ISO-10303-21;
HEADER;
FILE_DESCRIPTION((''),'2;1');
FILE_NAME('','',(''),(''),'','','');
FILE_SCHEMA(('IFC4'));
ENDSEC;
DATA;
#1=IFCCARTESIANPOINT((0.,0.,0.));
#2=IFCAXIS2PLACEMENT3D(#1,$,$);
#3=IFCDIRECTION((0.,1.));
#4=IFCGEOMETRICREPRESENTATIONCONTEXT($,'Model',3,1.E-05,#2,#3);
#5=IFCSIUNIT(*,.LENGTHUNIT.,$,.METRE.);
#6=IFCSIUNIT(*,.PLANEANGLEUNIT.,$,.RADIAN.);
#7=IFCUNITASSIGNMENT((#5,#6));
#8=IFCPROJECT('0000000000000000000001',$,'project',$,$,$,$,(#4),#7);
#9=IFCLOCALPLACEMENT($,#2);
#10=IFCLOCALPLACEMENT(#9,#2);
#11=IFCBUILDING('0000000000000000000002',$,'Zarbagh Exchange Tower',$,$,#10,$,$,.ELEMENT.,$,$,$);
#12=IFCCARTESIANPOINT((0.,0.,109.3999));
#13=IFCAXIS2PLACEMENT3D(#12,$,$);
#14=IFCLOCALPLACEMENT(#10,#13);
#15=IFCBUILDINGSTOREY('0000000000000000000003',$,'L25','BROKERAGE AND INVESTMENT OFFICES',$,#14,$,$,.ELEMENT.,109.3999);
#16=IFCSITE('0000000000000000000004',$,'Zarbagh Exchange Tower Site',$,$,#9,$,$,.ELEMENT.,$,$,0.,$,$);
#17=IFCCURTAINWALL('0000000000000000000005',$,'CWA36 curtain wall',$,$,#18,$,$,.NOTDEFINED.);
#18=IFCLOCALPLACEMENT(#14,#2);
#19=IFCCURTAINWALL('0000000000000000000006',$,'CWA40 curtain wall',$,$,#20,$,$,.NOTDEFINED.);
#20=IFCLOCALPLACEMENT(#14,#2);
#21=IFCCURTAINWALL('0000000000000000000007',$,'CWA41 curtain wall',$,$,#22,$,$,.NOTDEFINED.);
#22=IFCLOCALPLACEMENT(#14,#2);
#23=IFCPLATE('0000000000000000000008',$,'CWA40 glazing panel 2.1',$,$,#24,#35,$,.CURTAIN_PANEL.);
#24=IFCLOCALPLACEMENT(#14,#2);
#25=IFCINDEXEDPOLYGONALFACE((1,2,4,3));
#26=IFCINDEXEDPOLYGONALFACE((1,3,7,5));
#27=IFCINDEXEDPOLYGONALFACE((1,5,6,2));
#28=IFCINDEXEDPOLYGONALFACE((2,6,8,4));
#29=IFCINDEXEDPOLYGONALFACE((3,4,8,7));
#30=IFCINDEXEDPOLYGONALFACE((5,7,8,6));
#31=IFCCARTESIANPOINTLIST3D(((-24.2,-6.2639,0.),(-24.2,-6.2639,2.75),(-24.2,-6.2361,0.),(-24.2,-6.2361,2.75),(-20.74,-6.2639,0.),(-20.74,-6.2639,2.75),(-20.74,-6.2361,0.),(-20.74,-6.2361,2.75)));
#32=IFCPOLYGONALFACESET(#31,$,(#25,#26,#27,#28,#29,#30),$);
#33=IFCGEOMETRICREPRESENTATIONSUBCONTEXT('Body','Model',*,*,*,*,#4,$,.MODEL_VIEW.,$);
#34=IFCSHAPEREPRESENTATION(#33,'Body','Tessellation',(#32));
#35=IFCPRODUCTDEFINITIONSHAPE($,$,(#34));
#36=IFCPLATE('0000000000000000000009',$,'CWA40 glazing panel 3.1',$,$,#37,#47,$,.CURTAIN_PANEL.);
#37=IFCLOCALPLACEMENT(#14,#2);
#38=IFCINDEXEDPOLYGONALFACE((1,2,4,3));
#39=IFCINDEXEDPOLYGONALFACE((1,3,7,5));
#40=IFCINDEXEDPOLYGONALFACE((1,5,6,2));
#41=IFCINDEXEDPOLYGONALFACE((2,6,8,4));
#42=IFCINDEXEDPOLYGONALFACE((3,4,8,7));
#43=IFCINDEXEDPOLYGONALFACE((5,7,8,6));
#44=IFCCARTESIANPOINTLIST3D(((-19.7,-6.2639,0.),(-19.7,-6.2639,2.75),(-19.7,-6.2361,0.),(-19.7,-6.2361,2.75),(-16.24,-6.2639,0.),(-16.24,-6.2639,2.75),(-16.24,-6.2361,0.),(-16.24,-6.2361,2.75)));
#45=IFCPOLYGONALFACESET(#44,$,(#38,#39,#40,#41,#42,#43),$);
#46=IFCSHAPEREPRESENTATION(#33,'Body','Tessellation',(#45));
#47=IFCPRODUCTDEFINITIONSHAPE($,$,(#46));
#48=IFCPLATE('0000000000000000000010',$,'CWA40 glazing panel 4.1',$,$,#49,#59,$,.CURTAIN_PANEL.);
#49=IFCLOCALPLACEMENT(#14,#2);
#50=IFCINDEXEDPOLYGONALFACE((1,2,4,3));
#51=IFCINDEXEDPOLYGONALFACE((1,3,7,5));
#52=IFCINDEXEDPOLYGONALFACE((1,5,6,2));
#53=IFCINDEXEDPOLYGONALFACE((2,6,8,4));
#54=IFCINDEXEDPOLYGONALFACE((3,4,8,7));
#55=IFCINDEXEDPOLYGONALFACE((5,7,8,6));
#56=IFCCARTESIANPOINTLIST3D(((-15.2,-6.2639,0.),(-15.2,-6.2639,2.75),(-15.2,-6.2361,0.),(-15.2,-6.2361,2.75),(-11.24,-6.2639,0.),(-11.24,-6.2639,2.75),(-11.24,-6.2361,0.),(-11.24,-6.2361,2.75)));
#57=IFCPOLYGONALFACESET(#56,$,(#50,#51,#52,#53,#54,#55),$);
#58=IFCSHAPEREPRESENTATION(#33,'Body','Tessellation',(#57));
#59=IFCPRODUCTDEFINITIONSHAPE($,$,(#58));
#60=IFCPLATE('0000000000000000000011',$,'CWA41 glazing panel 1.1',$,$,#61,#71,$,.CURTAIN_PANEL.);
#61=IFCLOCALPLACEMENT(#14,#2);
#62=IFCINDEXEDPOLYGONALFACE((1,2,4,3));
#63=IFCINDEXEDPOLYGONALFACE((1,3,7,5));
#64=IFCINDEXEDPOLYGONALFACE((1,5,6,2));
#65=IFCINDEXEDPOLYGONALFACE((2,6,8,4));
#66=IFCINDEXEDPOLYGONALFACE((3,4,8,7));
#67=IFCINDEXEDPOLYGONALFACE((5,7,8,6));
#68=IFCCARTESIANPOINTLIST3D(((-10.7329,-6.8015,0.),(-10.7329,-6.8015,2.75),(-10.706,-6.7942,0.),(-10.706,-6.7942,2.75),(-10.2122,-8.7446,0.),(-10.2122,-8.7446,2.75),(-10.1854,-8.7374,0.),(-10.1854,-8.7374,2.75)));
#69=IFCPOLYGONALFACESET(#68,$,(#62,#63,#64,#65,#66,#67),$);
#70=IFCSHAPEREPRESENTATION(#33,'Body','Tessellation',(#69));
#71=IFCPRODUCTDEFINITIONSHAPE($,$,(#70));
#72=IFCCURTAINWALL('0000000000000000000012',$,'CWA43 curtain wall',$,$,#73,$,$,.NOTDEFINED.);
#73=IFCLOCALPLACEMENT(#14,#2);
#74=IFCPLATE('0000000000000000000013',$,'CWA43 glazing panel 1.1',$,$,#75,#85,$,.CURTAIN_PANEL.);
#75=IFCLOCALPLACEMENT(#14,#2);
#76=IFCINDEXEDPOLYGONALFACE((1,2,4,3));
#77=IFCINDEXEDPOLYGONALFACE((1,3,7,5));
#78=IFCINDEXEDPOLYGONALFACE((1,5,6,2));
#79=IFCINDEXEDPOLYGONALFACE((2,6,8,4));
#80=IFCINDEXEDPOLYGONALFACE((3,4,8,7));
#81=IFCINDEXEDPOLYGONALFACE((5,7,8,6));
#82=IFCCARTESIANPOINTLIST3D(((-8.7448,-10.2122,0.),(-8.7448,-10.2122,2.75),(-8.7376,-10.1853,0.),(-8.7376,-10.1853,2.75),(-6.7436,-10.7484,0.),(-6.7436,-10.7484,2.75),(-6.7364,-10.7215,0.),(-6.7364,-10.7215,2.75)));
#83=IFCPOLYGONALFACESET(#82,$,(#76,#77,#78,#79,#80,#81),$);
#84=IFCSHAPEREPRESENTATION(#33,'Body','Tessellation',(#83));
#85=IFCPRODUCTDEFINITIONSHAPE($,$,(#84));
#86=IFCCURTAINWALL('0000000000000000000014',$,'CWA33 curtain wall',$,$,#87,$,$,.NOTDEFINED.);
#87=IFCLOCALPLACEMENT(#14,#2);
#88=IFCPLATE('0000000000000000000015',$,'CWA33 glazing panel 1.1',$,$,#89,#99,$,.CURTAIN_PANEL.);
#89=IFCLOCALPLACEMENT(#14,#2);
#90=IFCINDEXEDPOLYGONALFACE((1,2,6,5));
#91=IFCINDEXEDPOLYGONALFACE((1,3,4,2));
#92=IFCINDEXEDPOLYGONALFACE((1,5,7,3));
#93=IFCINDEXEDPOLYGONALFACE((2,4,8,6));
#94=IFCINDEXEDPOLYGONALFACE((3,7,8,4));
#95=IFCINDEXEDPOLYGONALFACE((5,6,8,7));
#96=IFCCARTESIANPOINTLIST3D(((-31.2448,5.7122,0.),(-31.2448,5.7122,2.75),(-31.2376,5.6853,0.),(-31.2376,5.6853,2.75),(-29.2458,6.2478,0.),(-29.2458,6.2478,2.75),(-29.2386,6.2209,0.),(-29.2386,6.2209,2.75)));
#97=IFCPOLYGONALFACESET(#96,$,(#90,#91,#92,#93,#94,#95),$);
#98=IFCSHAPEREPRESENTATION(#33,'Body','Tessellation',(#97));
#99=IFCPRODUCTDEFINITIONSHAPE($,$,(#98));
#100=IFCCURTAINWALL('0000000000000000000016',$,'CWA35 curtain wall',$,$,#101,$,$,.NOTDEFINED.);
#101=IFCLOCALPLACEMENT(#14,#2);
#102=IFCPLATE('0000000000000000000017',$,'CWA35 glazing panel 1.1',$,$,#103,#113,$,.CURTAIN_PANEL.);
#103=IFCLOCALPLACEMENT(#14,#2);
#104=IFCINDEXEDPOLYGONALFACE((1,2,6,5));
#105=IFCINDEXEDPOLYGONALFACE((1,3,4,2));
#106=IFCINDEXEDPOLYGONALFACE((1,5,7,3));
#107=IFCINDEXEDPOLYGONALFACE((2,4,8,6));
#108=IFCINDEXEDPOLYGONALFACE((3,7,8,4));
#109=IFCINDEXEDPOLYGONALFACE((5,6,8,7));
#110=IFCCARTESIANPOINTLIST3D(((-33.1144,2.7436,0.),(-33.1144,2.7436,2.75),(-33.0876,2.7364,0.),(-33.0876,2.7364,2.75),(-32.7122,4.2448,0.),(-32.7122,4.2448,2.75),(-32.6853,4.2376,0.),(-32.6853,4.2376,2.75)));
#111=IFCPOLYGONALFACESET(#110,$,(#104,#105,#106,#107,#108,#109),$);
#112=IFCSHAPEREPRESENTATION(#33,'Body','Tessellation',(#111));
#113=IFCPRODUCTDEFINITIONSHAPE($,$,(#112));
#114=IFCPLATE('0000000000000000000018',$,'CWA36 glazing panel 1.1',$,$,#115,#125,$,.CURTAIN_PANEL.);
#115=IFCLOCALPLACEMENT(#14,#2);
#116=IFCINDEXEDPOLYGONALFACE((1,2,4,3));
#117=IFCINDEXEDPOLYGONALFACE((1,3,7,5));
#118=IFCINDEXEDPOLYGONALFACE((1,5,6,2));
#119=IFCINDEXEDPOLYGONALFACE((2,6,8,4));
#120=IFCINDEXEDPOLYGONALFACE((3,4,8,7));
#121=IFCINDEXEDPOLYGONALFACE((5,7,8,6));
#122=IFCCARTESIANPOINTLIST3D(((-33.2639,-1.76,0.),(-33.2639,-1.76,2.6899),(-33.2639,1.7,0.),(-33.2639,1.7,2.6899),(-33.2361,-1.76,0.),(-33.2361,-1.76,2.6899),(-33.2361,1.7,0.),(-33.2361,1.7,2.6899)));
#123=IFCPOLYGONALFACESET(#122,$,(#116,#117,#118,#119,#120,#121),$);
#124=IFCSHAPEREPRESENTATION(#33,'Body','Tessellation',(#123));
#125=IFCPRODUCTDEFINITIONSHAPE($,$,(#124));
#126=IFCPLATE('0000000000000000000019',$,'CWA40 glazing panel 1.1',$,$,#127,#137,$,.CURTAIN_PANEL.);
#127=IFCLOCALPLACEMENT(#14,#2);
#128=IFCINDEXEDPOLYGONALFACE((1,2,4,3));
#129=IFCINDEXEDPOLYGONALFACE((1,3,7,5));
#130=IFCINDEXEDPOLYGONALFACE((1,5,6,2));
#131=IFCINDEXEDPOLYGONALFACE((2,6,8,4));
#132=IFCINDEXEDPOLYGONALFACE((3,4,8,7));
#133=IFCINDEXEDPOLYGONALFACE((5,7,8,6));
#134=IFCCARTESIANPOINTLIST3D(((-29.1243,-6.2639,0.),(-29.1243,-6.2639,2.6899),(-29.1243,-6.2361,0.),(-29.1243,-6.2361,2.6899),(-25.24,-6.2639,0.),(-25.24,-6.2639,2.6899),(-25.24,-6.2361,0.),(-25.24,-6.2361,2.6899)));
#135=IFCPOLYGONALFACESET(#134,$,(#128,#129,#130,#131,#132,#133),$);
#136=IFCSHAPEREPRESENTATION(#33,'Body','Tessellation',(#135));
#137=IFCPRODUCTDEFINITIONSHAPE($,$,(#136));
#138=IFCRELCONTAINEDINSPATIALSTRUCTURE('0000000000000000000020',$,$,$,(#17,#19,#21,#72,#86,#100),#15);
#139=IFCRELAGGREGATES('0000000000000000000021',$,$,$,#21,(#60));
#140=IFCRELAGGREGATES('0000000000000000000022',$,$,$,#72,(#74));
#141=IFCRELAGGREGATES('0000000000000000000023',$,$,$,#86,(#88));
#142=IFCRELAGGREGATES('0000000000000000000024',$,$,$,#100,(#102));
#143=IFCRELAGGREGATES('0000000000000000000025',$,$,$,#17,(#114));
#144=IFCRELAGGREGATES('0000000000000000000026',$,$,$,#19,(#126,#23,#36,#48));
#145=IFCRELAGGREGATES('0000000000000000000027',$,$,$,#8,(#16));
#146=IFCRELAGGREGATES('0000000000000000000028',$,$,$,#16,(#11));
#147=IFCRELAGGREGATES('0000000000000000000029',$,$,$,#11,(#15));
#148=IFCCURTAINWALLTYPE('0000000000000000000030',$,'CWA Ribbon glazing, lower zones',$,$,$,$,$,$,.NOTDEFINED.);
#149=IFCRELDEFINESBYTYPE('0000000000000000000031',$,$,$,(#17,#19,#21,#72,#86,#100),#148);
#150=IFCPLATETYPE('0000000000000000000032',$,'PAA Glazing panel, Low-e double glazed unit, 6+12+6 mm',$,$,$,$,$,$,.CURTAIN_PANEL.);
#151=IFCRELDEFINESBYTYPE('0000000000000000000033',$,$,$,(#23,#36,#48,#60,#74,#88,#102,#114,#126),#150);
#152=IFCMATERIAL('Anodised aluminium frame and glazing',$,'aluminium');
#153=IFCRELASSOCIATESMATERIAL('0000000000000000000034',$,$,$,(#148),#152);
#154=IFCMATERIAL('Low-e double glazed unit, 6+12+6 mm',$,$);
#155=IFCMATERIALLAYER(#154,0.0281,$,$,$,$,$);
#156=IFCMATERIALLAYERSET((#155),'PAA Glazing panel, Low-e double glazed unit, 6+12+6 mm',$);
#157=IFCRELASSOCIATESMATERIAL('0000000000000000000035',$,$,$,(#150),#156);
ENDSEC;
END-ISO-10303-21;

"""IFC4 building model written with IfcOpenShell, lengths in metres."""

from ifc_helpers import new_model, si_unit, direction, frame, origin, place, context, subcontext, project, spatial, polyline, outline, extrude, source, transform, mapped, material, layer, layer_set, type_object, element, aggregate, save


model = new_model("IFC4")

# Units and contexts
model_context = context("Model", 3, precision=1e-05, world=origin(), true_north=direction((0.0, 1.0)))
body_context = subcontext(model_context, "Body", "Model", "MODEL_VIEW")
ifc_project = project(units=[si_unit("LENGTHUNIT", "METRE"), si_unit("PLANEANGLEUNIT", "RADIAN")], contexts=[model_context])

# Site, building, storey
site_placement = place(None, origin())
site = spatial("IfcSite", under=ifc_project, at=site_placement, Name="Zarbagh Exchange Tower Site", CompositionType="ELEMENT", RefElevation=0.0)
building_placement = place(site_placement, origin())
building = spatial("IfcBuilding", under=site, at=building_placement, Name="Zarbagh Exchange Tower", CompositionType="ELEMENT")
storey_placement = place(building_placement, frame((0.0, 0.0, 109.3999)))
storey = spatial("IfcBuildingStorey", under=building, at=storey_placement, Name="L25", Description="BROKERAGE AND INVESTMENT OFFICES", CompositionType="ELEMENT", Elevation=109.3999)

# Curtain wall
ifc_material_1 = material(Name="Anodised aluminium frame and glazing", Category="aluminium")
curtain_wall_type = type_object("IfcCurtainWallType", Name="CWA Ribbon glazing, lower zones", PredefinedType="NOTDEFINED", material=ifc_material_1)
curtain_wall_1_placement = place(storey_placement, origin())
curtain_wall_1 = element("IfcCurtainWall", 1, at=curtain_wall_1_placement, inside=storey, type_object=curtain_wall_type, Name="CWA36 curtain wall", PredefinedType="NOTDEFINED")
placement = place(storey_placement, origin())

# Curtain wall
curtain_wall_2_placement = place(storey_placement, origin())
curtain_wall_2 = element("IfcCurtainWall", 2, at=curtain_wall_2_placement, inside=storey, type_object=curtain_wall_type, Name="CWA40 curtain wall", PredefinedType="NOTDEFINED")

# Curtain wall
curtain_wall_3_placement = place(storey_placement, origin())
curtain_wall_3 = element("IfcCurtainWall", 3, at=curtain_wall_3_placement, inside=storey, type_object=curtain_wall_type, Name="CWA41 curtain wall", PredefinedType="NOTDEFINED")

# Shared definitions
ifc_material_2 = material(Name="Low-e double glazed unit, 6+12+6 mm")
ifc_layer = layer(ifc_material_2, 0.0281)
ifc_layer_set = layer_set([ifc_layer], Name="PAA Glazing panel, Low-e double glazed unit, 6+12+6 mm")
plate_type = type_object("IfcPlateType", Name="PAA Glazing panel, Low-e double glazed unit, 6+12+6 mm", PredefinedType="CURTAIN_PANEL", material=ifc_layer_set)

# Plates
shared_shape_1 = source(origin(), body_context, "Body", "SweptSolid", [
    extrude(outline(polyline([(0.0, -0.0139), (3.46, -0.0139), (3.46, 0.0139), (0.0, 0.0139), (0.0, -0.0139)])), origin(), (0.0, 0.0, 1.0), 2.75),
])
plate_1 = element("IfcPlate", 4, at=placement, type_object=plate_type, Name="CWA40 glazing panel 2.1", PredefinedType="CURTAIN_PANEL", context=body_context, shape_type="MappedRepresentation", body=[
    mapped(shared_shape_1, transform((-24.2, -6.25, 0.0), x_axis=(1.0, 0.0, 0.0), y_axis=(0.0, 1.0, 0.0), z_axis=(0.0, 0.0, 1.0))),
])
plate_2 = element("IfcPlate", 5, at=placement, type_object=plate_type, Name="CWA40 glazing panel 3.1", PredefinedType="CURTAIN_PANEL", context=body_context, shape_type="MappedRepresentation", body=[
    mapped(shared_shape_1, transform((-19.7, -6.25, 0.0), x_axis=(1.0, 0.0, 0.0), y_axis=(0.0, 1.0, 0.0), z_axis=(0.0, 0.0, 1.0))),
])
shared_shape_2 = source(origin(), body_context, "Body", "SweptSolid", [
    extrude(outline(polyline([(0.0, -0.0139), (3.96, -0.0139), (3.96, 0.0139), (0.0, 0.0139), (0.0, -0.0139)])), origin(), (0.0, 0.0, 1.0), 2.75),
])
plate_3 = element("IfcPlate", 6, at=placement, type_object=plate_type, Name="CWA40 glazing panel 4.1", PredefinedType="CURTAIN_PANEL", context=body_context, shape_type="MappedRepresentation", body=[
    mapped(shared_shape_2, transform((-15.2, -6.25, 0.0), x_axis=(1.0, 0.0, 0.0), y_axis=(0.0, 1.0, 0.0), z_axis=(0.0, 0.0, 1.0))),
])
shared_shape_3 = source(origin(), body_context, "Body", "SweptSolid", [
    extrude(outline(polyline([(0.0, -0.0139), (2.0117, -0.0139), (2.0117, 0.0139), (0.0, 0.0139), (0.0, -0.0139)])), origin(), (0.0, 0.0, 1.0), 2.75),
])
plate_4 = element("IfcPlate", 7, at=placement, type_object=plate_type, Name="CWA41 glazing panel 1.1", PredefinedType="CURTAIN_PANEL", context=body_context, shape_type="MappedRepresentation", body=[
    mapped(shared_shape_3, transform((-10.7195, -6.7979, 0.0), x_axis=(0.258825, -0.965924, 0.0), y_axis=(0.965924, 0.258825, 0.0), z_axis=(0.0, 0.0, 1.0))),
])
aggregate(curtain_wall_3, [plate_4])

# Curtain walls, plates
curtain_wall_4_placement = place(storey_placement, origin())
curtain_wall_4 = element("IfcCurtainWall", 8, at=curtain_wall_4_placement, inside=storey, type_object=curtain_wall_type, Name="CWA43 curtain wall", PredefinedType="NOTDEFINED")
shared_shape_4 = source(origin(), body_context, "Body", "SweptSolid", [
    extrude(outline(polyline([(0.0, -0.0139), (2.0718, -0.0139), (2.0718, 0.0139), (0.0, 0.0139), (0.0, -0.0139)])), origin(), (0.0, 0.0, 1.0), 2.75),
])
plate_5 = element("IfcPlate", 9, at=placement, type_object=plate_type, Name="CWA43 glazing panel 1.1", PredefinedType="CURTAIN_PANEL", context=body_context, shape_type="MappedRepresentation", body=[
    mapped(shared_shape_4, transform((-8.7412, -10.1987, 0.0), x_axis=(0.965924, -0.258825, 0.0), y_axis=(0.258825, 0.965924, 0.0), z_axis=(0.0, 0.0, 1.0))),
])
aggregate(curtain_wall_4, [plate_5])
curtain_wall_5_placement = place(storey_placement, origin())
curtain_wall_5 = element("IfcCurtainWall", 10, at=curtain_wall_5_placement, inside=storey, type_object=curtain_wall_type, Name="CWA33 curtain wall", PredefinedType="NOTDEFINED")
shared_shape_5 = source(origin(), body_context, "Body", "SweptSolid", [
    extrude(outline(polyline([(0.0, -0.0139), (2.0696, -0.0139), (2.0696, 0.0139), (0.0, 0.0139), (0.0, -0.0139)])), origin(), (0.0, 0.0, 1.0), 2.75),
])
plate_6 = element("IfcPlate", 11, at=placement, type_object=plate_type, Name="CWA33 glazing panel 1.1", PredefinedType="CURTAIN_PANEL", context=body_context, shape_type="MappedRepresentation", body=[
    mapped(shared_shape_5, transform((-29.2422, 6.2344, 0.0), x_axis=(-0.965924, -0.258825, 0.0), y_axis=(0.258825, -0.965924, 0.0), z_axis=(0.0, 0.0, 1.0))),
])
aggregate(curtain_wall_5, [plate_6])
curtain_wall_6_placement = place(storey_placement, origin())
curtain_wall_6 = element("IfcCurtainWall", 12, at=curtain_wall_6_placement, inside=storey, type_object=curtain_wall_type, Name="CWA35 curtain wall", PredefinedType="NOTDEFINED")
shared_shape_6 = source(origin(), body_context, "Body", "SweptSolid", [
    extrude(outline(polyline([(0.0, -0.0139), (1.5542, -0.0139), (1.5542, 0.0139), (0.0, 0.0139), (0.0, -0.0139)])), origin(), (0.0, 0.0, 1.0), 2.75),
])
plate_7 = element("IfcPlate", 13, at=placement, type_object=plate_type, Name="CWA35 glazing panel 1.1", PredefinedType="CURTAIN_PANEL", context=body_context, shape_type="MappedRepresentation", body=[
    mapped(shared_shape_6, transform((-32.6987, 4.2412, 0.0), x_axis=(-0.258825, -0.965924, 0.0), y_axis=(0.965924, -0.258825, 0.0), z_axis=(0.0, 0.0, 1.0))),
])
aggregate(curtain_wall_6, [plate_7])

# Plates
shared_shape_7 = source(origin(), body_context, "Body", "SweptSolid", [
    extrude(outline(polyline([(0.0, -0.0139), (3.46, -0.0139), (3.46, 0.0139), (0.0, 0.0139), (0.0, -0.0139)])), origin(), (0.0, 0.0, 1.0), 2.6899),
])
plate_8 = element("IfcPlate", 14, at=placement, type_object=plate_type, Name="CWA36 glazing panel 1.1", PredefinedType="CURTAIN_PANEL", context=body_context, shape_type="MappedRepresentation", body=[
    mapped(shared_shape_7, transform((-33.25, 1.7, 0.0), x_axis=(0.0, -1.0, 0.0), y_axis=(1.0, 0.0, 0.0), z_axis=(0.0, 0.0, 1.0))),
])
aggregate(curtain_wall_1, [plate_8])
shared_shape_8 = source(origin(), body_context, "Body", "SweptSolid", [
    extrude(outline(polyline([(0.0, -0.0139), (3.8843, -0.0139), (3.8843, 0.0139), (0.0, 0.0139), (0.0, -0.0139)])), origin(), (0.0, 0.0, 1.0), 2.6899),
])
plate_9 = element("IfcPlate", 15, at=placement, type_object=plate_type, Name="CWA40 glazing panel 1.1", PredefinedType="CURTAIN_PANEL", context=body_context, shape_type="MappedRepresentation", body=[
    mapped(shared_shape_8, transform((-29.1243, -6.25, 0.0), x_axis=(1.0, 0.0, 0.0), y_axis=(0.0, 1.0, 0.0), z_axis=(0.0, 0.0, 1.0))),
])
aggregate(curtain_wall_2, [plate_9, plate_1, plate_2, plate_3])

save(model, "model.ifc")
